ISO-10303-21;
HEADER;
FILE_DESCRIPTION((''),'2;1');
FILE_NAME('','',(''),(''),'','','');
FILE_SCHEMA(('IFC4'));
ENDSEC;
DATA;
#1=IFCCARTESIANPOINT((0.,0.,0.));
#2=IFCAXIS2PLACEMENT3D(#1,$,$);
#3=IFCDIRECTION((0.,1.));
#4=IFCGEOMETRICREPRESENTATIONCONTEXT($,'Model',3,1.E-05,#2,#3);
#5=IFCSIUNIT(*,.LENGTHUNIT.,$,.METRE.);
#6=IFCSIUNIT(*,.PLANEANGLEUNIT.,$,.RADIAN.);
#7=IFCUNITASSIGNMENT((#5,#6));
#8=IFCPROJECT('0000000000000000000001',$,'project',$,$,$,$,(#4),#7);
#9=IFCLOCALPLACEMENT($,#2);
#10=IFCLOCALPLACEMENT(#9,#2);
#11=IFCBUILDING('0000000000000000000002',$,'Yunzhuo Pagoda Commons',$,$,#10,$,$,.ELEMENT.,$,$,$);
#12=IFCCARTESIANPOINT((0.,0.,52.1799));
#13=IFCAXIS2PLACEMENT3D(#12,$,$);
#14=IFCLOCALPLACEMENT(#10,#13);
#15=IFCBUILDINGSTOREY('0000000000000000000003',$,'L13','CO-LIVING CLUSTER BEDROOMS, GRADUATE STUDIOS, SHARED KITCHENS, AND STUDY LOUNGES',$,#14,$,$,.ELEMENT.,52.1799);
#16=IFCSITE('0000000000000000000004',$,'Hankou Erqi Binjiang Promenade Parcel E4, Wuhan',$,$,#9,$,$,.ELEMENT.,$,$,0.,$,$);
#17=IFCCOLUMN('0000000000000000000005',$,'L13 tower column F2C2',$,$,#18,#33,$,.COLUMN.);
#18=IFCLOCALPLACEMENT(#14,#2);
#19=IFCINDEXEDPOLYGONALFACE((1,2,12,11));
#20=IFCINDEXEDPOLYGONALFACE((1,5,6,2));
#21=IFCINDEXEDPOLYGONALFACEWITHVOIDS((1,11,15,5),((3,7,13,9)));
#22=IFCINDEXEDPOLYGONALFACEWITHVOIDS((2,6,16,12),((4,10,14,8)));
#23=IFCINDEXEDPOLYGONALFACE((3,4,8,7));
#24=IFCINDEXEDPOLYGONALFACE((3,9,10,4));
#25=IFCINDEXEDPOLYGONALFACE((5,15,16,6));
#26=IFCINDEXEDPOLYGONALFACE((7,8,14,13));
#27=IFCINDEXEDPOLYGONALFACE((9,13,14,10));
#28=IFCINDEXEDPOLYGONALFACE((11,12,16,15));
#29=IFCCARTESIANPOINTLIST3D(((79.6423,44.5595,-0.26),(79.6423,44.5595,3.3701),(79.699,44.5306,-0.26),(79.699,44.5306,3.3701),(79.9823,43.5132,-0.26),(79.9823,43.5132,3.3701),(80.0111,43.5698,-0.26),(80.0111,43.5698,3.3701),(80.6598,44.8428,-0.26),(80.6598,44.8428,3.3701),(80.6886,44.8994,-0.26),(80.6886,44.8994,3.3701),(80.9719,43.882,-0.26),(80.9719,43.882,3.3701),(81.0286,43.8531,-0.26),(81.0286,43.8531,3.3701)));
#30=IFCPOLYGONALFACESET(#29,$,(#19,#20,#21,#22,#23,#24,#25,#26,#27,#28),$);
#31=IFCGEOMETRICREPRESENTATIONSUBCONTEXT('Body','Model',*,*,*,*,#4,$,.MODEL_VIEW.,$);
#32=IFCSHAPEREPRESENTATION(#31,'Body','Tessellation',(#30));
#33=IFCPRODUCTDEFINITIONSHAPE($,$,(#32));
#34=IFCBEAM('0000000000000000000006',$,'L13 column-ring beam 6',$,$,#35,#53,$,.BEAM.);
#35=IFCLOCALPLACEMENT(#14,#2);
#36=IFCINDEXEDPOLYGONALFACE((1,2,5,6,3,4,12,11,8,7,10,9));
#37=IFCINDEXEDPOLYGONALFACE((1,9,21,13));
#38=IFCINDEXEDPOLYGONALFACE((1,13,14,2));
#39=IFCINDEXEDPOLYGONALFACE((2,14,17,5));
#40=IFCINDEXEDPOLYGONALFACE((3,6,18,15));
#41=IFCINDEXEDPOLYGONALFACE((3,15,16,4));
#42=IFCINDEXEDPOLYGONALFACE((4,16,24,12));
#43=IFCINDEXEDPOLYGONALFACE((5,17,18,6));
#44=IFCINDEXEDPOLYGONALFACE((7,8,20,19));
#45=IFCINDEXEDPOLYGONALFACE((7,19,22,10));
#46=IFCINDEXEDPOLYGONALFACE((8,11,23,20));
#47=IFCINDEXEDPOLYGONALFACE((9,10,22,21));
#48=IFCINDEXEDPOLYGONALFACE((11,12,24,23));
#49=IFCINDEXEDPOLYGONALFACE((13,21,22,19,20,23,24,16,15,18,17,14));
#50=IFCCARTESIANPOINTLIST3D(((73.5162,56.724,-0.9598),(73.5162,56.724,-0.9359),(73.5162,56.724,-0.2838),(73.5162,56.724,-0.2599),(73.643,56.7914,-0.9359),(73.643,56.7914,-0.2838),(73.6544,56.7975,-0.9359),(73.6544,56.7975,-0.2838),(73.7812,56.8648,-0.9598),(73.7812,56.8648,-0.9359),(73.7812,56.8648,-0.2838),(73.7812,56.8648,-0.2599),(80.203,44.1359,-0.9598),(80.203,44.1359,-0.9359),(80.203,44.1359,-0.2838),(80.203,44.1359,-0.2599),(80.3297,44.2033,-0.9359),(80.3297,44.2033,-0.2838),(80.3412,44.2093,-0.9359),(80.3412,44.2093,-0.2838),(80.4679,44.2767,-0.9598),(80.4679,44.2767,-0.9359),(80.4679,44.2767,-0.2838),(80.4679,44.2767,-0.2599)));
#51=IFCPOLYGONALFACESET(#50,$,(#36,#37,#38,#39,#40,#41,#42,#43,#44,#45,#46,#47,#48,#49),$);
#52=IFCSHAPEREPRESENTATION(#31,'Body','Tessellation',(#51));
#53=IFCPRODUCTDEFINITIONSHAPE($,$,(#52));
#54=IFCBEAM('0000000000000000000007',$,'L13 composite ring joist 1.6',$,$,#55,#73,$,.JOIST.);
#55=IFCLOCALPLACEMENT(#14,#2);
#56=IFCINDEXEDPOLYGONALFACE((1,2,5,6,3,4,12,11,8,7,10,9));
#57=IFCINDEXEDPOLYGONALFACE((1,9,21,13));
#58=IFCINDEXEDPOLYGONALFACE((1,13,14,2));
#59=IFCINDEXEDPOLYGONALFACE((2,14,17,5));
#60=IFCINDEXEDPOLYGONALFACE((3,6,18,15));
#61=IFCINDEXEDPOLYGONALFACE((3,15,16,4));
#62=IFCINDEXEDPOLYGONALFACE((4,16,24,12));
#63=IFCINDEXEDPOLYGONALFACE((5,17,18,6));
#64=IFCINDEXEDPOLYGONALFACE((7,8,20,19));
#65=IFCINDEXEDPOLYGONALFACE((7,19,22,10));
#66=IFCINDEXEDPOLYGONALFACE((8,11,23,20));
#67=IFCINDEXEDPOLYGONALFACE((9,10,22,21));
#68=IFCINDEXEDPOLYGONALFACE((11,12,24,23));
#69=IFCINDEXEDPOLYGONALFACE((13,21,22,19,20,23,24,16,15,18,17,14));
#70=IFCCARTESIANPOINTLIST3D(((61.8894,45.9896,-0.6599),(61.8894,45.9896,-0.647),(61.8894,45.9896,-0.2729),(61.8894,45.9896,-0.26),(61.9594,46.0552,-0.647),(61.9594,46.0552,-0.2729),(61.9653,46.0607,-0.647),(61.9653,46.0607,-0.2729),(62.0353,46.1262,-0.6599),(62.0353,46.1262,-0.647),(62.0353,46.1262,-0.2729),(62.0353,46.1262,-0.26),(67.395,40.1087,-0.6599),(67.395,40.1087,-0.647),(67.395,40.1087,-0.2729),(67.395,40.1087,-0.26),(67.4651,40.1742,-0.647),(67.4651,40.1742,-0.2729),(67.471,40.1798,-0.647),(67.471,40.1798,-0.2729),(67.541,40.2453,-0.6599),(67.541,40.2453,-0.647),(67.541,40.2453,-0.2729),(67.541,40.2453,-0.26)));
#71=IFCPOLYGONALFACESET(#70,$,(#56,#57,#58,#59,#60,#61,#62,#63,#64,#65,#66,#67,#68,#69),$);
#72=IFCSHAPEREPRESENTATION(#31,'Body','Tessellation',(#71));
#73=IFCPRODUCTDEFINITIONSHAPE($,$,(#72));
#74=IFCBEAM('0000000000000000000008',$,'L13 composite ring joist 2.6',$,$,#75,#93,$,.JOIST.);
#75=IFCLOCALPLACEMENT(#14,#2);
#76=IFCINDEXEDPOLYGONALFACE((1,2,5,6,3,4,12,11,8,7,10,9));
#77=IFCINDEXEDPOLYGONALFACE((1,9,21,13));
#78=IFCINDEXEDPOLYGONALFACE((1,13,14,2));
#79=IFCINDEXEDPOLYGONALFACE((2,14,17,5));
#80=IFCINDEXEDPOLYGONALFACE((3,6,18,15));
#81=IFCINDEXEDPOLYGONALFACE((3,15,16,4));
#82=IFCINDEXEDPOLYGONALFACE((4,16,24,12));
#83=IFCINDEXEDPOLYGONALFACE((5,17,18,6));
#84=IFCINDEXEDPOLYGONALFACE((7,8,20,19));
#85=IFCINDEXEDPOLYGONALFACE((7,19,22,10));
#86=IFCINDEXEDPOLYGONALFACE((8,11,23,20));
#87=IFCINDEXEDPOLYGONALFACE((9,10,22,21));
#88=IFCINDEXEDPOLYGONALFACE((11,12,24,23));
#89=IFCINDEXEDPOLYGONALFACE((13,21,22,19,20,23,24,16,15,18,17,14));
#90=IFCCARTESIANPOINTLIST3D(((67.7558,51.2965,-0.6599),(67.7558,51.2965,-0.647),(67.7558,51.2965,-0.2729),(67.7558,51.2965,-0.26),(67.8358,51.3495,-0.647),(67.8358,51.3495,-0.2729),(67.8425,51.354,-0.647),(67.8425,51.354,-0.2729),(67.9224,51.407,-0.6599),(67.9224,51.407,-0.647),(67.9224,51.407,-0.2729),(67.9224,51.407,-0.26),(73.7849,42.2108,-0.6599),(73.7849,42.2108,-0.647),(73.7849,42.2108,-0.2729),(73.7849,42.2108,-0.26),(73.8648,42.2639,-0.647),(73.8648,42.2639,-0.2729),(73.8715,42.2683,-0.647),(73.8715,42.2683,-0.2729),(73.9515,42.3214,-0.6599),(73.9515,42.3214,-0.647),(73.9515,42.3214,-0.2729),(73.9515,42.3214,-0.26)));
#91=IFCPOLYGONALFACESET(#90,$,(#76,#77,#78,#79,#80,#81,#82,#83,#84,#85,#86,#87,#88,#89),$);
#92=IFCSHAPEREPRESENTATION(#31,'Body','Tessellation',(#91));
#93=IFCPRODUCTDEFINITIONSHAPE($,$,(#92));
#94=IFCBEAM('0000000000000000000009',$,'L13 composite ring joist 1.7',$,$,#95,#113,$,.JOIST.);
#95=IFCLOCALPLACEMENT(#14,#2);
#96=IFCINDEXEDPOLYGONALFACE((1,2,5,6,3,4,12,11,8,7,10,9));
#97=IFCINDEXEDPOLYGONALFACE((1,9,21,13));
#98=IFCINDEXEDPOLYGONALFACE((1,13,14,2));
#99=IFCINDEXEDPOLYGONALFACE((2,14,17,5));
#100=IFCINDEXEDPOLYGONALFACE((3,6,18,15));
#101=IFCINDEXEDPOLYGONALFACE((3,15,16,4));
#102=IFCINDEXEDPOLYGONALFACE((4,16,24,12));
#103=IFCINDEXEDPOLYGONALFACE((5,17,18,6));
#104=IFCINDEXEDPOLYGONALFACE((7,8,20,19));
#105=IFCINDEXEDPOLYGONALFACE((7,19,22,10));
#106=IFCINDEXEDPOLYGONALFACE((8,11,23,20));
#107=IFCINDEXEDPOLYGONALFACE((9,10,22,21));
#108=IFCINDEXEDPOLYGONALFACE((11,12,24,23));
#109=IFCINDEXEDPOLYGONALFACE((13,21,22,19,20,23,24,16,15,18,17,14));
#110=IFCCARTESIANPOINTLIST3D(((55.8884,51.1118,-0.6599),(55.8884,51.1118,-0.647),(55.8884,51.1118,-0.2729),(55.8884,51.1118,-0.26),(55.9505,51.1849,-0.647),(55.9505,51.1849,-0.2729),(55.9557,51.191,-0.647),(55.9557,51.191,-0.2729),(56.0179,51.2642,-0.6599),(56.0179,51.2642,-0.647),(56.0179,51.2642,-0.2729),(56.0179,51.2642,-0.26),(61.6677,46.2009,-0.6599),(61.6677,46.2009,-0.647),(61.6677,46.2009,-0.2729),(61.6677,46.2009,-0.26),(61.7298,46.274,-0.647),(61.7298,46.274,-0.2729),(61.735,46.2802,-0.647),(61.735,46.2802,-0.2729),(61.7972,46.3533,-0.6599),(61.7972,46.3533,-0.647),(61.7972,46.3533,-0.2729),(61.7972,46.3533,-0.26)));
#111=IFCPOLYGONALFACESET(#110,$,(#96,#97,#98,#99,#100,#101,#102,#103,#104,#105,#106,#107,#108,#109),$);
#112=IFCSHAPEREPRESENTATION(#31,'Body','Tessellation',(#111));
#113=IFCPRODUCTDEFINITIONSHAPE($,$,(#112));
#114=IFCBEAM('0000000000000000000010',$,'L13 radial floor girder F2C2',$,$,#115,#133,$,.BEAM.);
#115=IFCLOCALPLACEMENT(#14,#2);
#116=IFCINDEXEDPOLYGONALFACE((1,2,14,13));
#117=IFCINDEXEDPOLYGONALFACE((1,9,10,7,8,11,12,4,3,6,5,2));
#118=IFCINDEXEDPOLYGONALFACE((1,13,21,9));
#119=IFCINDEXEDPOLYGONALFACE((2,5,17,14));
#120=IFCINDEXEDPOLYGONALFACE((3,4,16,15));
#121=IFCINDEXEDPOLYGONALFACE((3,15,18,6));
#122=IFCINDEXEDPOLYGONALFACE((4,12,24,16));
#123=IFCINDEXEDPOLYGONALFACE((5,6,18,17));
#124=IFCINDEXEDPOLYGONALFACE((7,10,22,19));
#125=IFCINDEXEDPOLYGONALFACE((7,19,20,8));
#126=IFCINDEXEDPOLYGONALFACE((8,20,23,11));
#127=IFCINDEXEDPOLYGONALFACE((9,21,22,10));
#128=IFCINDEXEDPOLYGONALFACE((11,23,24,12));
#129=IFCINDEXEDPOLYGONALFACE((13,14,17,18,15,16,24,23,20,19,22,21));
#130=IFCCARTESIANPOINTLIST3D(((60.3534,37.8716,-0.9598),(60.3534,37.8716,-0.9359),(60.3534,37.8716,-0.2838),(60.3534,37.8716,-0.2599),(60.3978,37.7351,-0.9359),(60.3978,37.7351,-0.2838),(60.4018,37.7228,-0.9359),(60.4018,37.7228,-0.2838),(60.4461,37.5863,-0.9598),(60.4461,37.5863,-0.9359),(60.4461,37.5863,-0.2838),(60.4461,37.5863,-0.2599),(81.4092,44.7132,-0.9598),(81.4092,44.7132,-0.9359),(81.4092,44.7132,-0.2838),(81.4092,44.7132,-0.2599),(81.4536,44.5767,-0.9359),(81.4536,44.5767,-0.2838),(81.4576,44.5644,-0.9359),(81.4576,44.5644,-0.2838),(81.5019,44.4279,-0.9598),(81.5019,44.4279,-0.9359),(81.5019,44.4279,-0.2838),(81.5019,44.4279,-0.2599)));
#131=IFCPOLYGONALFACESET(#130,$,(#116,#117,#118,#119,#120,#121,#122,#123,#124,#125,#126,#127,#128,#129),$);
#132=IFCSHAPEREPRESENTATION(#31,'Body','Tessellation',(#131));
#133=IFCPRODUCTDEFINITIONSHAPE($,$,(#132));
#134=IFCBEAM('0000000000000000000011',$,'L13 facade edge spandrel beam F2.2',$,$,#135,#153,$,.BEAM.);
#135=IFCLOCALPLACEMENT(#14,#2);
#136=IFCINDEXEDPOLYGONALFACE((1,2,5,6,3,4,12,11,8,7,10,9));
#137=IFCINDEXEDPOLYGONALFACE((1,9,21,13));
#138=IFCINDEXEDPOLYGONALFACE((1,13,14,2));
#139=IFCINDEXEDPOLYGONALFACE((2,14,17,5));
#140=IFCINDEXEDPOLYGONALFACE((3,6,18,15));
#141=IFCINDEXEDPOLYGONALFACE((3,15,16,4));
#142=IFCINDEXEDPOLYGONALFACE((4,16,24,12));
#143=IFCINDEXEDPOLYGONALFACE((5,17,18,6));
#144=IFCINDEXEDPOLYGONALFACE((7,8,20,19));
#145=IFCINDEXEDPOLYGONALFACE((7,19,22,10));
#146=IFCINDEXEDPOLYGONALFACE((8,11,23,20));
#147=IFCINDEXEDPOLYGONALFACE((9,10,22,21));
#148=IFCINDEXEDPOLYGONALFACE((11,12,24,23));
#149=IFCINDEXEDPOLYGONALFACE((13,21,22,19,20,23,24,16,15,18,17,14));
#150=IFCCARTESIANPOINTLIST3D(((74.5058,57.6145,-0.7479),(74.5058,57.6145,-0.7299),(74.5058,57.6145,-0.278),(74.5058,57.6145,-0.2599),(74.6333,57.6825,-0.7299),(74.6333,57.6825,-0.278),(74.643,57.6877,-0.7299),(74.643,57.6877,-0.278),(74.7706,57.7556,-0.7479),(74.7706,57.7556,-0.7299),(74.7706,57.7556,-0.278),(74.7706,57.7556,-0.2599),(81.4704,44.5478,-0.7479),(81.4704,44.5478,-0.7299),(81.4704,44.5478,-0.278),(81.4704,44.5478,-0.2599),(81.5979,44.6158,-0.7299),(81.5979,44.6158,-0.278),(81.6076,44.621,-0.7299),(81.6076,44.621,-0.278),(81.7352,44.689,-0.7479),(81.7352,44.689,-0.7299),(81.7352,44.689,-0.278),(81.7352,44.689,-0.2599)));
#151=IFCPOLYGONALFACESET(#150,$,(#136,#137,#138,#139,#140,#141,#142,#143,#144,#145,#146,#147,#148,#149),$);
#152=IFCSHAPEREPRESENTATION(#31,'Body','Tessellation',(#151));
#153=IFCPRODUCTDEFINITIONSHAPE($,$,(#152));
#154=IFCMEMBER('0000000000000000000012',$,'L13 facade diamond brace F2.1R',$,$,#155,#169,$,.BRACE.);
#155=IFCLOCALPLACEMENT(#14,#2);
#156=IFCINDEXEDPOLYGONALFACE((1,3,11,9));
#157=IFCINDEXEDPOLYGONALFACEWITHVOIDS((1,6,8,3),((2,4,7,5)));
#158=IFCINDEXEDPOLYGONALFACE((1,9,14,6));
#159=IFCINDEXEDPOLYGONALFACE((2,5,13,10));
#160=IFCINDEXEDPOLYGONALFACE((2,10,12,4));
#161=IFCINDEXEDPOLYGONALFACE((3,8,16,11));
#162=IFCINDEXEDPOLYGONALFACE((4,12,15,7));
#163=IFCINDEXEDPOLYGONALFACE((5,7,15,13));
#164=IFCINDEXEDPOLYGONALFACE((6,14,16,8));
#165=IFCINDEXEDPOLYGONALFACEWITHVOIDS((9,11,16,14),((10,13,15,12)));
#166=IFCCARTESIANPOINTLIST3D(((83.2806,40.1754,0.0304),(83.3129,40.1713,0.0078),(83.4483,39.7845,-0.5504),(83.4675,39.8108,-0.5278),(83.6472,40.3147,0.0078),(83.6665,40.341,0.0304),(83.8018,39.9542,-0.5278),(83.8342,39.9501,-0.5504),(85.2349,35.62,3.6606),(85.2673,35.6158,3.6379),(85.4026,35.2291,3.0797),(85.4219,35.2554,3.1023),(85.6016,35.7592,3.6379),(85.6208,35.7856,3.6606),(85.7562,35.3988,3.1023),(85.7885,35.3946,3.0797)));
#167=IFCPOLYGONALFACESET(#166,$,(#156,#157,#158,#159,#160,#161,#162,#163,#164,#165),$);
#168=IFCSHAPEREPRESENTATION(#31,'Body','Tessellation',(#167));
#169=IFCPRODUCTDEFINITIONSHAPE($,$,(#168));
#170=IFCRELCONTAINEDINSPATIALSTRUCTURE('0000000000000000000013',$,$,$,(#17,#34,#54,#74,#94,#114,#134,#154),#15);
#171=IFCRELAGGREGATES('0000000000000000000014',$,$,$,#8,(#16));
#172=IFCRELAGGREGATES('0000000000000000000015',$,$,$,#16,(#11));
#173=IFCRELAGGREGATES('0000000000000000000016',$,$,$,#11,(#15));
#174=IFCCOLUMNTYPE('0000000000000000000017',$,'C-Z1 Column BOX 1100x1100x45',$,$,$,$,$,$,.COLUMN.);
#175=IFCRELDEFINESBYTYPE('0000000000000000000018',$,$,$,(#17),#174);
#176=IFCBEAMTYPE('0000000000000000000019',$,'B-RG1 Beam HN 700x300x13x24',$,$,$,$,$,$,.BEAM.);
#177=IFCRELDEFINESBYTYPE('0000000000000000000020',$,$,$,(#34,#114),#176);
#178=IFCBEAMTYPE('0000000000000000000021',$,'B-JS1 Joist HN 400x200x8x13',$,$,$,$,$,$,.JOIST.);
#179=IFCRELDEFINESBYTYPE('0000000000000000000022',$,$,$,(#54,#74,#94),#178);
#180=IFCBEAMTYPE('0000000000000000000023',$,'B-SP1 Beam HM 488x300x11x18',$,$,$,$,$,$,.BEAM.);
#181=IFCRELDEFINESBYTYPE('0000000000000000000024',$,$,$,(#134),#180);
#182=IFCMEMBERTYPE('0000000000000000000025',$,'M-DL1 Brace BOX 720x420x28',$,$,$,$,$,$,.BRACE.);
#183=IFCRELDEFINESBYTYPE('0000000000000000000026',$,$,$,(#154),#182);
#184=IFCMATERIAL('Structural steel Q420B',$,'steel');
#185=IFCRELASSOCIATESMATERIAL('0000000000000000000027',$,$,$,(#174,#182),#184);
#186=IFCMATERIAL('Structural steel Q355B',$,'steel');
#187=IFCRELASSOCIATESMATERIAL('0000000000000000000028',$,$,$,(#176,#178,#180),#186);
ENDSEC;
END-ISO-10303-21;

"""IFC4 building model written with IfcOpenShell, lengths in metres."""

from ifc_helpers import new_model, si_unit, direction, frame, origin, origin_2d, place, context, subcontext, project, spatial, hollow_rectangle, i_section, extrude, source, transform, mapped, material, material_profile, profile_set, type_object, element, save


model = new_model("IFC4")

# Units and contexts
model_context = context("Model", 3, precision=1e-05, world=origin(), true_north=direction((0.0, 1.0)))
body_context = subcontext(model_context, "Body", "Model", "MODEL_VIEW")
ifc_project = project(units=[si_unit("LENGTHUNIT", "METRE"), si_unit("PLANEANGLEUNIT", "RADIAN")], contexts=[model_context])

# Site, building, storey
site_placement = place(None, origin())
site = spatial("IfcSite", under=ifc_project, at=site_placement, Name="Hankou Erqi Binjiang Promenade Parcel E4, Wuhan", CompositionType="ELEMENT", RefElevation=0.0)
building_placement = place(site_placement, origin())
building = spatial("IfcBuilding", under=site, at=building_placement, Name="Yunzhuo Pagoda Commons", CompositionType="ELEMENT")
storey_placement = place(building_placement, frame((0.0, 0.0, 52.1799)))
storey = spatial("IfcBuildingStorey", under=building, at=storey_placement, Name="L13", Description="CO-LIVING CLUSTER BEDROOMS, GRADUATE STUDIOS, SHARED KITCHENS, AND STUDY LOUNGES", CompositionType="ELEMENT", Elevation=52.1799)

# Column
ifc_material_1 = material(Name="Structural steel Q420B", Category="steel")
ifc_material_profile_1 = material_profile(ifc_material_1, hollow_rectangle(XDim=1.1001, YDim=1.1001, WallThickness=0.0449, at=origin_2d()), Name="Structural steel Q420B")
ifc_profile_set_1 = profile_set([ifc_material_profile_1], Name="Structural steel Q420B")
column_type = type_object("IfcColumnType", Name="C-Z1 Column BOX 1100x1100x45", PredefinedType="COLUMN", material=ifc_profile_set_1)
shared_shape_1 = source(origin(), body_context, "Body", "SweptSolid", [
    extrude(hollow_rectangle(XDim=1.1001, YDim=1.1001, WallThickness=0.0449, at=origin_2d()), origin(), (0.0, 0.0, 1.0), 3.6301),
])
column_placement = place(storey_placement, frame((80.3354, 44.2063, -0.26), z_axis=(0.0, 0.0, 1.0), x_axis=(-0.309017, 0.951057, 0.0)))
element("IfcColumn", 1, at=column_placement, inside=storey, type_object=column_type, Name="L13 tower column F2C2", PredefinedType="COLUMN", context=body_context, shape_type="MappedRepresentation", body=[
    mapped(shared_shape_1, transform((0.0, 0.0, 0.0), scale=1.0)),
])

# Beams
ifc_material_2 = material(Name="Structural steel Q355B", Category="steel")
ifc_material_profile_2 = material_profile(ifc_material_2, i_section(OverallWidth=0.3, OverallDepth=0.7, WebThickness=0.0129, FlangeThickness=0.0239, at=origin_2d()), Name="Structural steel Q355B")
ifc_profile_set_2 = profile_set([ifc_material_profile_2], Name="Structural steel Q355B")
beam_type_1 = type_object("IfcBeamType", Name="B-RG1 Beam HN 700x300x13x24", PredefinedType="BEAM", material=ifc_profile_set_2)
shared_shape_2 = source(origin(), body_context, "Body", "SweptSolid", [
    extrude(i_section(OverallWidth=0.3, OverallDepth=0.7, WebThickness=0.0129, FlangeThickness=0.0239, at=origin_2d()), origin(), (0.0, 0.0, 1.0), 14.2539),
])
beam_1_placement = place(storey_placement, frame((80.3354, 44.2063, -0.6099), z_axis=(-0.469118, 0.883135, 0.0), x_axis=(-0.883135, -0.469118, 0.0)))
element("IfcBeam", 2, at=beam_1_placement, inside=storey, type_object=beam_type_1, Name="L13 column-ring beam 6", PredefinedType="BEAM", context=body_context, shape_type="MappedRepresentation", body=[
    mapped(shared_shape_2, transform((0.0, 0.0, 0.0), scale=1.0)),
])
ifc_material_profile_3 = material_profile(ifc_material_2, i_section(OverallWidth=0.2, OverallDepth=0.3999, WebThickness=0.0081, FlangeThickness=0.0129, at=origin_2d()), Name="Structural steel Q355B")
ifc_profile_set_3 = profile_set([ifc_material_profile_3], Name="Structural steel Q355B")
beam_type_2 = type_object("IfcBeamType", Name="B-JS1 Joist HN 400x200x8x13", PredefinedType="JOIST", material=ifc_profile_set_3)
shared_shape_3 = source(origin(), body_context, "Body", "SweptSolid", [
    extrude(i_section(OverallWidth=0.2, OverallDepth=0.3999, WebThickness=0.0081, FlangeThickness=0.0129, at=origin_2d()), origin(), (0.0, 0.0, 1.0), 8.0559),
])
beam_2_placement = place(storey_placement, frame((67.468, 40.177, -0.46), z_axis=(-0.683433, 0.730013, 0.0), x_axis=(-0.730013, -0.683433, 0.0)))
element("IfcBeam", 3, at=beam_2_placement, inside=storey, type_object=beam_type_2, Name="L13 composite ring joist 1.6", PredefinedType="JOIST", context=body_context, shape_type="MappedRepresentation", body=[
    mapped(shared_shape_3, transform((0.0, 0.0, 0.0), scale=1.0)),
])
shared_shape_4 = source(origin(), body_context, "Body", "SweptSolid", [
    extrude(i_section(OverallWidth=0.2, OverallDepth=0.3999, WebThickness=0.0081, FlangeThickness=0.0129, at=origin_2d()), origin(), (0.0, 0.0, 1.0), 10.9041),
])
beam_3_placement = place(storey_placement, frame((73.8682, 42.2661, -0.46), z_axis=(-0.552916, 0.833237, 0.0), x_axis=(-0.833237, -0.552916, 0.0)))
element("IfcBeam", 4, at=beam_3_placement, inside=storey, type_object=beam_type_2, Name="L13 composite ring joist 2.6", PredefinedType="JOIST", context=body_context, shape_type="MappedRepresentation", body=[
    mapped(shared_shape_4, transform((0.0, 0.0, 0.0), scale=1.0)),
])
shared_shape_5 = source(origin(), body_context, "Body", "SweptSolid", [
    extrude(i_section(OverallWidth=0.2, OverallDepth=0.3999, WebThickness=0.0081, FlangeThickness=0.0129, at=origin_2d()), origin(), (0.0, 0.0, 1.0), 7.584),
])
beam_4_placement = place(storey_placement, frame((61.7324, 46.2771, -0.46), z_axis=(-0.762038, 0.647533, 0.0), x_axis=(-0.647533, -0.762038, 0.0)))
element("IfcBeam", 5, at=beam_4_placement, inside=storey, type_object=beam_type_2, Name="L13 composite ring joist 1.7", PredefinedType="JOIST", context=body_context, shape_type="MappedRepresentation", body=[
    mapped(shared_shape_5, transform((0.0, 0.0, 0.0), scale=1.0)),
])
shared_shape_6 = source(origin(), body_context, "Body", "SweptSolid", [
    extrude(i_section(OverallWidth=0.3, OverallDepth=0.7, WebThickness=0.0129, FlangeThickness=0.0239, at=origin_2d()), origin(), (0.0, 0.0, 1.0), 22.1394),
])
beam_5_placement = place(storey_placement, frame((81.4556, 44.5706, -0.6099), z_axis=(-0.951054, -0.309023, 0.0), x_axis=(0.309023, -0.951054, 0.0)))
element("IfcBeam", 6, at=beam_5_placement, inside=storey, type_object=beam_type_1, Name="L13 radial floor girder F2C2", PredefinedType="BEAM", context=body_context, shape_type="MappedRepresentation", body=[
    mapped(shared_shape_6, transform((0.0, 0.0, 0.0), scale=1.0)),
])
ifc_material_profile_4 = material_profile(ifc_material_2, i_section(OverallWidth=0.3, OverallDepth=0.488, WebThickness=0.011, FlangeThickness=0.0181, at=origin_2d()), Name="Structural steel Q355B")
ifc_profile_set_4 = profile_set([ifc_material_profile_4], Name="Structural steel Q355B")
beam_type_3 = type_object("IfcBeamType", Name="B-SP1 Beam HM 488x300x11x18", PredefinedType="BEAM", material=ifc_profile_set_4)
shared_shape_7 = source(origin(), body_context, "Body", "SweptSolid", [
    extrude(i_section(OverallWidth=0.3, OverallDepth=0.488, WebThickness=0.011, FlangeThickness=0.0181, at=origin_2d()), origin(), (0.0, 0.0, 1.0), 14.8069),
])
beam_6_placement = place(storey_placement, frame((81.6028, 44.6184, -0.5039), z_axis=(-0.470363, 0.882473, 0.0), x_axis=(-0.882473, -0.470363, 0.0)))
element("IfcBeam", 7, at=beam_6_placement, inside=storey, type_object=beam_type_3, Name="L13 facade edge spandrel beam F2.2", PredefinedType="BEAM", context=body_context, shape_type="MappedRepresentation", body=[
    mapped(shared_shape_7, transform((0.0, 0.0, 0.0), scale=1.0)),
])

# Member
ifc_material_profile_5 = material_profile(ifc_material_1, hollow_rectangle(XDim=0.4199, YDim=0.72, WallThickness=0.0281, at=origin_2d()), Name="Structural steel Q420B")
ifc_profile_set_5 = profile_set([ifc_material_profile_5], Name="Structural steel Q420B")
member_type_1 = type_object("IfcMemberType", Name="M-DL1 Brace BOX 720x420x28", PredefinedType="BRACE", material=ifc_profile_set_5)
shared_shape_8 = source(origin(), body_context, "Body", "SweptSolid", [
    extrude(hollow_rectangle(XDim=0.4199, YDim=0.72, WallThickness=0.0281, at=origin_2d()), origin(), (0.0, 0.0, 1.0), 6.144),
])
member_1_placement = place(storey_placement, frame((83.5574, 40.0627, -0.26), z_axis=(0.318088, -0.741438, 0.590838), x_axis=(0.918997, 0.394264, 0.0)))
element("IfcMember", 8, at=member_1_placement, inside=storey, type_object=member_type_1, Name="L13 facade diamond brace F2.1R", PredefinedType="BRACE", context=body_context, shape_type="MappedRepresentation", body=[
    mapped(shared_shape_8, transform((0.0, 0.0, 0.0), scale=1.0)),
])

save(model, "model.ifc")
